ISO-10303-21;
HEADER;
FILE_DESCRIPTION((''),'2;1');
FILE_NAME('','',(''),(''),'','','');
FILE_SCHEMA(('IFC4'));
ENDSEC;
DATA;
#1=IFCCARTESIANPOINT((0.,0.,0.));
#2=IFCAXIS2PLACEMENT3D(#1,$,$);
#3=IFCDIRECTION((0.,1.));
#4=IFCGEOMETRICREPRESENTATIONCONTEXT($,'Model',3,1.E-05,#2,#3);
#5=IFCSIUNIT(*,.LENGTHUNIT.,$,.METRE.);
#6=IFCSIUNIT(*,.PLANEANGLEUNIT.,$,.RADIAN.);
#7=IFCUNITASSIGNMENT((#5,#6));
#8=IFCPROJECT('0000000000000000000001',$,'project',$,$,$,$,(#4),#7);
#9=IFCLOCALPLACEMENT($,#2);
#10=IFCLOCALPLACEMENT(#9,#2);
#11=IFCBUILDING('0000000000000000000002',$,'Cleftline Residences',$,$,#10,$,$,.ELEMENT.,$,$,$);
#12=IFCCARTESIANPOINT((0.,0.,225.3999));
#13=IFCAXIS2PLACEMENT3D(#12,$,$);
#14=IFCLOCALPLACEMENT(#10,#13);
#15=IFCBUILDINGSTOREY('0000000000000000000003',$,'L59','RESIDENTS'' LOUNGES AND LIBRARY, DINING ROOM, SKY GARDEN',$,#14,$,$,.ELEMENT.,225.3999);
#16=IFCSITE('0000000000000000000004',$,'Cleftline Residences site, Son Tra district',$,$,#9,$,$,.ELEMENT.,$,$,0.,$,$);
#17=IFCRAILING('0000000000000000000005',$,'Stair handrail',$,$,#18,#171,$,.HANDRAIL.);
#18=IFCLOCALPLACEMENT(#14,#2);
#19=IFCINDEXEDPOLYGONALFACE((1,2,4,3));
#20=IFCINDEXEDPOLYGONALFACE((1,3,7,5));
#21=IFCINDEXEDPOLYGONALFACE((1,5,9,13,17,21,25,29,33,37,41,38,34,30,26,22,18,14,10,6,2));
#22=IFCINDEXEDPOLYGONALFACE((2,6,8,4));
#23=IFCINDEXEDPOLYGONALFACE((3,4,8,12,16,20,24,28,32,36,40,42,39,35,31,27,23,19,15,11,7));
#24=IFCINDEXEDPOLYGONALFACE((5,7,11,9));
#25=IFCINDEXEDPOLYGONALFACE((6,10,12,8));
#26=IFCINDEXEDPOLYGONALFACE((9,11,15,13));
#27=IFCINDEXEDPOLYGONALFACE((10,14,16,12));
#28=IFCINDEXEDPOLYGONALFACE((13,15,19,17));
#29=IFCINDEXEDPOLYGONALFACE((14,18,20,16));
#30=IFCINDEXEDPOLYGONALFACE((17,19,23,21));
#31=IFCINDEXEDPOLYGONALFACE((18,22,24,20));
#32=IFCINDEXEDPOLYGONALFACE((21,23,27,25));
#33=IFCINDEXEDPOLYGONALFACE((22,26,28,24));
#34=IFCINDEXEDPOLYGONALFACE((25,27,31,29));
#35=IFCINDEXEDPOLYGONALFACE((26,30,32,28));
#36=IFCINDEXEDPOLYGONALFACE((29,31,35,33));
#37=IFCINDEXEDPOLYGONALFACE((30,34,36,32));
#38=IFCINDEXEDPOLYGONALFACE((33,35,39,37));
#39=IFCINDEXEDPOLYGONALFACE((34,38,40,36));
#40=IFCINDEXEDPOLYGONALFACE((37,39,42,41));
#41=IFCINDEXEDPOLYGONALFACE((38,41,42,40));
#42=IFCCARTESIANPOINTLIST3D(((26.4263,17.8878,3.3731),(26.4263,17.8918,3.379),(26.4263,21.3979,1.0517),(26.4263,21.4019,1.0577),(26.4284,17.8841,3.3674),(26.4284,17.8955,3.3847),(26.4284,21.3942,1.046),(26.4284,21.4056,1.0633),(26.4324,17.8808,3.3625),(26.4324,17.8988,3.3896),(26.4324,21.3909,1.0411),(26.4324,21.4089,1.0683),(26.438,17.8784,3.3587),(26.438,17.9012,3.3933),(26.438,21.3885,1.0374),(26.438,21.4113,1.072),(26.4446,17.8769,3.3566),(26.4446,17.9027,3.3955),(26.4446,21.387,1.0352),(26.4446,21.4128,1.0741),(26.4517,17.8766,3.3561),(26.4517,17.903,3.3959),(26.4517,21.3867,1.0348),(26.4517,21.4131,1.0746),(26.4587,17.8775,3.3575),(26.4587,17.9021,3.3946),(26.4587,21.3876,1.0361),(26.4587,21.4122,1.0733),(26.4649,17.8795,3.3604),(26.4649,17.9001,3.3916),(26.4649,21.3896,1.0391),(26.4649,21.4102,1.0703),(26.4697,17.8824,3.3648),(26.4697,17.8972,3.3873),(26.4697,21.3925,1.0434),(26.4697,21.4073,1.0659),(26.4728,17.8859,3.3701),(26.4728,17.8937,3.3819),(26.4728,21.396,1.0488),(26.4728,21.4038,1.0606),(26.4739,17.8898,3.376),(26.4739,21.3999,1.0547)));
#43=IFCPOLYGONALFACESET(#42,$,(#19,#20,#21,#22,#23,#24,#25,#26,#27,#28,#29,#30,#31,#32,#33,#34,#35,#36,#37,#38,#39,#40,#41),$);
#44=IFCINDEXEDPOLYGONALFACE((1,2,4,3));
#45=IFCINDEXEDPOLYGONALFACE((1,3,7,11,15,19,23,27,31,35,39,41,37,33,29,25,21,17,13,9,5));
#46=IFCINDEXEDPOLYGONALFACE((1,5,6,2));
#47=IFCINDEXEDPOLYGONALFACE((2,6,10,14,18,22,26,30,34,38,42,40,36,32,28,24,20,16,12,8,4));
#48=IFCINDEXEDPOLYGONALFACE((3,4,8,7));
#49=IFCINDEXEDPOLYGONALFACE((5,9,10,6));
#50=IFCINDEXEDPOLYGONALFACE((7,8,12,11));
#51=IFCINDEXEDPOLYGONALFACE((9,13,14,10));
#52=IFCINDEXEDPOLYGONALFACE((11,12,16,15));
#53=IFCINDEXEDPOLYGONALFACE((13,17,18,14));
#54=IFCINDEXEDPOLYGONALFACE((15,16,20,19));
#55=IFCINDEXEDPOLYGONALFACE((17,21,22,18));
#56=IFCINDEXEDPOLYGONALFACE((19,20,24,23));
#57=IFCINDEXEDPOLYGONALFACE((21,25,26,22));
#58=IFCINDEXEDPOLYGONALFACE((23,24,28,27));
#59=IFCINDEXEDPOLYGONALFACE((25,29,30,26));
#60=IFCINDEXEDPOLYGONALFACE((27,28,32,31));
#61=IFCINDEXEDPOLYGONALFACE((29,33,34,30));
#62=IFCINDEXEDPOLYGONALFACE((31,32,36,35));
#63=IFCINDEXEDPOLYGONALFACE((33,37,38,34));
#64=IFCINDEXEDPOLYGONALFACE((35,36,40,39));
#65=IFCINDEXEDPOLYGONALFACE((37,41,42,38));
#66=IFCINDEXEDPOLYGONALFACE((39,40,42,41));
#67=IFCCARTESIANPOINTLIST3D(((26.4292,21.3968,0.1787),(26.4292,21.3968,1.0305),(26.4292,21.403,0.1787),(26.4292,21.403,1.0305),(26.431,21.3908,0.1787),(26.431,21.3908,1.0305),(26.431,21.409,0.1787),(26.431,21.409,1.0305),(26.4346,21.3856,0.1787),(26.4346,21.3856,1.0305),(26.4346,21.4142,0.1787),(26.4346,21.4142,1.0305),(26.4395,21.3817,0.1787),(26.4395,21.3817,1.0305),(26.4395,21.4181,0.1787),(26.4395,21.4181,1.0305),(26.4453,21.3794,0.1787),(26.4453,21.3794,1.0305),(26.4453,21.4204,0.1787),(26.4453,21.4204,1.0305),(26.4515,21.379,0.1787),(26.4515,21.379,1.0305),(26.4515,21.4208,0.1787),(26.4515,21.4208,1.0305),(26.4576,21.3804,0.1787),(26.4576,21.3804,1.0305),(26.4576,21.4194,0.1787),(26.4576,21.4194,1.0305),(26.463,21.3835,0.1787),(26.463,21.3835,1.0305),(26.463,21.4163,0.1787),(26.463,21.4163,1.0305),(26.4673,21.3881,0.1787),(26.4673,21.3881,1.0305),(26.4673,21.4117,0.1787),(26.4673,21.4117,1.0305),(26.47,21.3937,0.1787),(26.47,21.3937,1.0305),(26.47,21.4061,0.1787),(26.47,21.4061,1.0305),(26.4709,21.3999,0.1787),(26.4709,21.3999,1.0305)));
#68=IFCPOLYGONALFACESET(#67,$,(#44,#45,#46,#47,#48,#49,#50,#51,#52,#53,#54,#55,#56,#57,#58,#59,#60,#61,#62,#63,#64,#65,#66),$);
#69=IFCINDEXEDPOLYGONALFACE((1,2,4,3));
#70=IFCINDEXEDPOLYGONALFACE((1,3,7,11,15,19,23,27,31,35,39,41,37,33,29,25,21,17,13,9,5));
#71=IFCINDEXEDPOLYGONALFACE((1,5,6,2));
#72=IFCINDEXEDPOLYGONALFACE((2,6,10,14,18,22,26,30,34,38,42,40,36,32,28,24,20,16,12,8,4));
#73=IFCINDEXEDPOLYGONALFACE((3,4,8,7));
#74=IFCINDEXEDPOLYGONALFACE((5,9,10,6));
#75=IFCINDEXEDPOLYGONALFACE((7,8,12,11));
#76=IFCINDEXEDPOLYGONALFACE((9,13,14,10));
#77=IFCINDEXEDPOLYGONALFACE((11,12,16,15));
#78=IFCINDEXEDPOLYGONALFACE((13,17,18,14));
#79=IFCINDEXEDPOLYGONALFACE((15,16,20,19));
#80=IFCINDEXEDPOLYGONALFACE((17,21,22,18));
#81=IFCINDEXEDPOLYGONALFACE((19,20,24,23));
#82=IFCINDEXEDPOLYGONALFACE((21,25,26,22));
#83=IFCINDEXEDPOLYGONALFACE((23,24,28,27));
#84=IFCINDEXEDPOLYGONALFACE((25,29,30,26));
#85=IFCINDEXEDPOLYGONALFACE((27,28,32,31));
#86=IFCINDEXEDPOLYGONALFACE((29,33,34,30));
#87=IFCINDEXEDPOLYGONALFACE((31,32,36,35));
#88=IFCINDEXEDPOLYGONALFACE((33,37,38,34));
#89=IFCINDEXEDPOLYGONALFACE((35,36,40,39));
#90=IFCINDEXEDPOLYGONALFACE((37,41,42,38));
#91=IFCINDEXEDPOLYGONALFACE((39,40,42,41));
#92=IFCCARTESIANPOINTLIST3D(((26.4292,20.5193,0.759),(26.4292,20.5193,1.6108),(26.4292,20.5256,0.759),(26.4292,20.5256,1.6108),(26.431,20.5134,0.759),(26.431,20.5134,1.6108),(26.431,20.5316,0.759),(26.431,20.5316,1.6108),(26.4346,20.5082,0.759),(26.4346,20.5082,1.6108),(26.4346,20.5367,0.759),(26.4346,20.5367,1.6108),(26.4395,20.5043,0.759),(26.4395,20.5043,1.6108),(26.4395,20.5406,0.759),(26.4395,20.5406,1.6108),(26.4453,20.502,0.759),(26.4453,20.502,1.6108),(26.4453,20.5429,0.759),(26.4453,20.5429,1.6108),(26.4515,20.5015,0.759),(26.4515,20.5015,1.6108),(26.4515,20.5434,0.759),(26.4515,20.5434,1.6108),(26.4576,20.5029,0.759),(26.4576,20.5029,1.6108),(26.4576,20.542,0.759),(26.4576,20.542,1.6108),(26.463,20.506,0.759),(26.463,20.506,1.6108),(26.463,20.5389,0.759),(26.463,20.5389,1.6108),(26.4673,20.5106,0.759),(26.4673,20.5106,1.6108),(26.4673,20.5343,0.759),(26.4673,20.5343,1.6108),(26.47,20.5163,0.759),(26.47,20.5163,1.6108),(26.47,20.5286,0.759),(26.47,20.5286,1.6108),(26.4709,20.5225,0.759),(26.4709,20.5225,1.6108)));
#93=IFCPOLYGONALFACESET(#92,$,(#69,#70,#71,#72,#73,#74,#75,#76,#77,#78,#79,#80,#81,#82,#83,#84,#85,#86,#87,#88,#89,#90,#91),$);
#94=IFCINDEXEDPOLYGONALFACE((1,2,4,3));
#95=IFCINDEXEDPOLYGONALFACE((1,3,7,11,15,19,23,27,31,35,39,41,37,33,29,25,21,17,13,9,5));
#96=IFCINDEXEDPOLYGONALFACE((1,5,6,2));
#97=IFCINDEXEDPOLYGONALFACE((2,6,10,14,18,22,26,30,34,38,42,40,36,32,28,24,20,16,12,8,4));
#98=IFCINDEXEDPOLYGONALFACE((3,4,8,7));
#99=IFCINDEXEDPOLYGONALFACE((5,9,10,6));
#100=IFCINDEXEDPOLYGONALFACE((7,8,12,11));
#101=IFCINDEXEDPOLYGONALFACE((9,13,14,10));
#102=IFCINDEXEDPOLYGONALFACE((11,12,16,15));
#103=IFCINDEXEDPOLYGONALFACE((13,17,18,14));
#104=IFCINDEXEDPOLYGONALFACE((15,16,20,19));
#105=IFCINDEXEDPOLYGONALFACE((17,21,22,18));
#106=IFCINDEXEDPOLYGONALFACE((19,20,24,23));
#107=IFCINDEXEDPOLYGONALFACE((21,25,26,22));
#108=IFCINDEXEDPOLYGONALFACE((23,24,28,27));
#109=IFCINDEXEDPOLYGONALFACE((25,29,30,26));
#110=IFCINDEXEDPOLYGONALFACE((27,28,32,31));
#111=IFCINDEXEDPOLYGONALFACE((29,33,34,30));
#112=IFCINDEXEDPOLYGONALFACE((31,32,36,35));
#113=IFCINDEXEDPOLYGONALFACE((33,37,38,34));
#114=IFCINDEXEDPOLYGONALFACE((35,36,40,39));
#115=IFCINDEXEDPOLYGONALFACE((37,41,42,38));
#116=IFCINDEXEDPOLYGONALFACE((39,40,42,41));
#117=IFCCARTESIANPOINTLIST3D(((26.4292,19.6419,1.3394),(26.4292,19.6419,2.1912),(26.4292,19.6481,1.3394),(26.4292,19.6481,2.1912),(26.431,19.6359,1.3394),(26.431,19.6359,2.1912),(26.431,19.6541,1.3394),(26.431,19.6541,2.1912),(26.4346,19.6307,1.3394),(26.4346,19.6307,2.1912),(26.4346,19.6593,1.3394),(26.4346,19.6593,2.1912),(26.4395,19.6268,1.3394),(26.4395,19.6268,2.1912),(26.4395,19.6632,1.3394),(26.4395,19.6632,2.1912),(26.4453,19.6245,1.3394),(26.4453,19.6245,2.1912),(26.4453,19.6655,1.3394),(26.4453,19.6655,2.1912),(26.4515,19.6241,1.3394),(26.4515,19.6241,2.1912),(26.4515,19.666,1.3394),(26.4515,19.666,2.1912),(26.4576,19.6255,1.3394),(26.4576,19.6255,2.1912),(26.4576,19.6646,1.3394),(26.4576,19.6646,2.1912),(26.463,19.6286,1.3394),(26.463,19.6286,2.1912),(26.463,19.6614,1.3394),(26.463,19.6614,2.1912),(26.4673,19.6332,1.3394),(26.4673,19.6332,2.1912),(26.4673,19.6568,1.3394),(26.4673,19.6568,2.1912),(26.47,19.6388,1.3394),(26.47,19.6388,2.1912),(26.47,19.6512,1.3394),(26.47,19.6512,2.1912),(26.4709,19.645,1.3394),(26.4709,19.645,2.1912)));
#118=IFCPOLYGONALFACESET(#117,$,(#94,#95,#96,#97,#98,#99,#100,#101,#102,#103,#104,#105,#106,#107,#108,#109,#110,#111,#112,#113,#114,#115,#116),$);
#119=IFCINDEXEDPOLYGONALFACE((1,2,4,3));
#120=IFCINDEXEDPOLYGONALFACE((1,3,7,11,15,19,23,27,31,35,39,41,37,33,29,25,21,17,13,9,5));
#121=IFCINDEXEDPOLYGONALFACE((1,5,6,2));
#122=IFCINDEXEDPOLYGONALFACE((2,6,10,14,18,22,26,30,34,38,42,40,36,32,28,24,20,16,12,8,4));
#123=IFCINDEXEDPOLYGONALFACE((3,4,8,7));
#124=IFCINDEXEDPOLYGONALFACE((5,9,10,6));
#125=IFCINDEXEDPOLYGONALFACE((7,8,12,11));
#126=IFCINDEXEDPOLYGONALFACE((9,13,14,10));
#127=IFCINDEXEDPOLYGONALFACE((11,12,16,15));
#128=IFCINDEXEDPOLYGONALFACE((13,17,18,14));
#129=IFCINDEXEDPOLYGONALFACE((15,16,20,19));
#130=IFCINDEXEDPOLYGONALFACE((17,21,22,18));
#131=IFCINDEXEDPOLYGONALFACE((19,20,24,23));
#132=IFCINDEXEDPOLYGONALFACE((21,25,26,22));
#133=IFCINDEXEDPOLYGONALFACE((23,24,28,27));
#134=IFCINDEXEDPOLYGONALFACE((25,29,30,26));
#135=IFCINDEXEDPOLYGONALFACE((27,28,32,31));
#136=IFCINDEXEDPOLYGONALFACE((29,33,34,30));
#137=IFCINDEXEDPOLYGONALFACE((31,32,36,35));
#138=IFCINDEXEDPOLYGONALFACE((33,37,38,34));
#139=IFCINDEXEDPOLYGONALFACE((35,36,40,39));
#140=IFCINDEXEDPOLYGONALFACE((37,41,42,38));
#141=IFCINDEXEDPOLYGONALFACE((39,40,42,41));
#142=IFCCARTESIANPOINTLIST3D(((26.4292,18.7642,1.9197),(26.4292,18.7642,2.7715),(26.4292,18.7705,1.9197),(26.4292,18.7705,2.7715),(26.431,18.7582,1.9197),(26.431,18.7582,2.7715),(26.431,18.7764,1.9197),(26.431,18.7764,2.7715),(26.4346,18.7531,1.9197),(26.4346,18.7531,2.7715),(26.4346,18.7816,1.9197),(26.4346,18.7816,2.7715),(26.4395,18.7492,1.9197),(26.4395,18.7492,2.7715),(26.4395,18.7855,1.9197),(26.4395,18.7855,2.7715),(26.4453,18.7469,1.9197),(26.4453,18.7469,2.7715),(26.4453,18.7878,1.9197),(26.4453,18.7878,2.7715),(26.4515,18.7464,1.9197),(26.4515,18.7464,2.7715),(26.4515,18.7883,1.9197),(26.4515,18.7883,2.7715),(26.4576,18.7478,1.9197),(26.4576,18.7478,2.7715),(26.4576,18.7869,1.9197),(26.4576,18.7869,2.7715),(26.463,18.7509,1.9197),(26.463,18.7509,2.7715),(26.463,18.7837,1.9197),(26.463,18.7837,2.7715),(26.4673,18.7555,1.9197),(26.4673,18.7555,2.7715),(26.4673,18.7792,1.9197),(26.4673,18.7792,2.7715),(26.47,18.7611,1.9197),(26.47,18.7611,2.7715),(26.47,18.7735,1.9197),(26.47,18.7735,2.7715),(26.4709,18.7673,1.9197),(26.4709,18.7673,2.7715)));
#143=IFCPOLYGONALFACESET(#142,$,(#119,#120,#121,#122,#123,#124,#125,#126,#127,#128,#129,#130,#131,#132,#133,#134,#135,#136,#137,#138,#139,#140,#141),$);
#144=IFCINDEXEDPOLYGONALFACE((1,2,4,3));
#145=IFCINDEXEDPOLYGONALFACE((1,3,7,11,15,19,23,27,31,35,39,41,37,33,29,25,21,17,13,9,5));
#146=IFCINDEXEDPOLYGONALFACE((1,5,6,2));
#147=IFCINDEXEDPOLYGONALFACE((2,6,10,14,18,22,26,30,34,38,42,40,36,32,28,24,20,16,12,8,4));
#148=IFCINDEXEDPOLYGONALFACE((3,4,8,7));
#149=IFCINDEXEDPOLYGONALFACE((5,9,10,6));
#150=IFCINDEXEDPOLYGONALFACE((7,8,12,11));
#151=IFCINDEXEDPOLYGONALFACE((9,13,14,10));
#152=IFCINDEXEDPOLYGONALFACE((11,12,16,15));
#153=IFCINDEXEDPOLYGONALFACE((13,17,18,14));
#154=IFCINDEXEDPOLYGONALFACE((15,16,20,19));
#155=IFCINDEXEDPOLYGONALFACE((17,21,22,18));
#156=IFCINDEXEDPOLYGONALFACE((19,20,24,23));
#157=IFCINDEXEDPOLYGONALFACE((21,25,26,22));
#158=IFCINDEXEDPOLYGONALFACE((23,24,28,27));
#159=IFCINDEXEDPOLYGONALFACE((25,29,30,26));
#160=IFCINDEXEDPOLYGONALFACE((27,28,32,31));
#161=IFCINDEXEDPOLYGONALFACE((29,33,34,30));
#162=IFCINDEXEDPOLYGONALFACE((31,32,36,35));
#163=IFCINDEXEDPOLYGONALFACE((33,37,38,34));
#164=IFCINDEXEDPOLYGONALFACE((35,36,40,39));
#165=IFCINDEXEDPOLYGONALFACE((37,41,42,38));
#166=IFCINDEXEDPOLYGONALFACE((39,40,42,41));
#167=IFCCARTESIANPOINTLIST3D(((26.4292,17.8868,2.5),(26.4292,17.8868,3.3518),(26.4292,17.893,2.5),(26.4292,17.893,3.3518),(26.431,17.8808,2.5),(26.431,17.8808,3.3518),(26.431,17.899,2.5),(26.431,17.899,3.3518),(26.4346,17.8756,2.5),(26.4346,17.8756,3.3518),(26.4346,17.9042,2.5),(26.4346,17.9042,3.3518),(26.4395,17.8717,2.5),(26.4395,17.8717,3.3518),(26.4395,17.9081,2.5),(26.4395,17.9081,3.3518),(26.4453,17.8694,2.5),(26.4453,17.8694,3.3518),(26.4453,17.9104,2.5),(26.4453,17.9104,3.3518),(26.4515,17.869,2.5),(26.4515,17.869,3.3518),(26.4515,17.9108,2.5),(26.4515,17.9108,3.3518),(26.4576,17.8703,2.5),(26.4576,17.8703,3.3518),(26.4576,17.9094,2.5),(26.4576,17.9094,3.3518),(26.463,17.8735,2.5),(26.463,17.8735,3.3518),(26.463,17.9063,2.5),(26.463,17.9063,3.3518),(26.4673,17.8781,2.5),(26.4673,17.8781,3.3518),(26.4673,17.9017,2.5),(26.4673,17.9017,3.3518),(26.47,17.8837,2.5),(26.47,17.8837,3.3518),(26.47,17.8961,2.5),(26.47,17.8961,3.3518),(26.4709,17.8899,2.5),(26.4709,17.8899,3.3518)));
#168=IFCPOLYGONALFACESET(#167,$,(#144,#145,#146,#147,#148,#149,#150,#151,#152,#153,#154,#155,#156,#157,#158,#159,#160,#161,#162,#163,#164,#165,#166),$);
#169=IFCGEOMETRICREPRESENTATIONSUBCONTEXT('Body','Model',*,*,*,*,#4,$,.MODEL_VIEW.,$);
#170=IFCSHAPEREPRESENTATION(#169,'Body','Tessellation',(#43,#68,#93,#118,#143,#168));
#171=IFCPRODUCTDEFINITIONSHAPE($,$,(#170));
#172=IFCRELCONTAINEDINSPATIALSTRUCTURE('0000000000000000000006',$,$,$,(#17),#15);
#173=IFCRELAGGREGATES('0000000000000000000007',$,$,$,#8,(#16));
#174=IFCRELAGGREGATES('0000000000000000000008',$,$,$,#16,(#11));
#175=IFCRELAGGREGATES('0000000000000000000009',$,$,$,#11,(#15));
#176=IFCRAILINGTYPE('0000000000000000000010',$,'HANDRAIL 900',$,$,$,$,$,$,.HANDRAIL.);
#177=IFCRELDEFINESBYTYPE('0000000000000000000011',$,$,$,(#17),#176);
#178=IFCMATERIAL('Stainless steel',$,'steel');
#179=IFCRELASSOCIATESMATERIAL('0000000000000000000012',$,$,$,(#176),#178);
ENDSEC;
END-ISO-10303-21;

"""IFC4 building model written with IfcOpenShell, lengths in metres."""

from ifc_helpers import new_model, si_unit, direction, frame, origin, origin_2d, place, context, subcontext, project, spatial, circle, extrude, material, type_object, element, save


model = new_model("IFC4")

# Units and contexts
model_context = context("Model", 3, precision=1e-05, world=origin(), true_north=direction((0.0, 1.0)))
body_context = subcontext(model_context, "Body", "Model", "MODEL_VIEW")
ifc_project = project(units=[si_unit("LENGTHUNIT", "METRE"), si_unit("PLANEANGLEUNIT", "RADIAN")], contexts=[model_context])

# Site, building, storey
site_placement = place(None, origin())
site = spatial("IfcSite", under=ifc_project, at=site_placement, Name="Cleftline Residences site, Son Tra district", CompositionType="ELEMENT", RefElevation=0.0)
building_placement = place(site_placement, origin())
building = spatial("IfcBuilding", under=site, at=building_placement, Name="Cleftline Residences", CompositionType="ELEMENT")
storey_placement = place(building_placement, frame((0.0, 0.0, 225.3999)))
storey = spatial("IfcBuildingStorey", under=building, at=storey_placement, Name="L59", Description="RESIDENTS' LOUNGES AND LIBRARY, DINING ROOM, SKY GARDEN", CompositionType="ELEMENT", Elevation=225.3999)

# Railing
ifc_material_1 = material(Name="Stainless steel", Category="steel")
railing_type = type_object("IfcRailingType", Name="HANDRAIL 900", PredefinedType="HANDRAIL", material=ifc_material_1)
railing_1_placement = place(storey_placement, frame((26.45, 21.3999, 0.1787)))
element("IfcRailing", 1, at=railing_1_placement, inside=storey, type_object=railing_type, Name="Stair handrail", PredefinedType="HANDRAIL", context=body_context, shape_type="SweptSolid", body=[
    extrude(circle(Radius=0.0239, at=origin_2d()), frame((0.0, 0.0, 0.876), z_axis=(0.0, -0.834097, 0.551617), x_axis=(1.0, 0.0, 0.0)), (0.0, 0.0, 1.0), 4.2083),
    extrude(circle(Radius=0.021, at=origin_2d()), origin(), (0.0, 0.0, 1.0), 0.8518),
    extrude(circle(Radius=0.021, at=origin_2d()), frame((0.0, -0.8774, 0.5803)), (0.0, 0.0, 1.0), 0.8518),
    extrude(circle(Radius=0.021, at=origin_2d()), frame((0.0, -1.7549, 1.1606)), (0.0, 0.0, 1.0), 0.8518),
    extrude(circle(Radius=0.021, at=origin_2d()), frame((0.0, -2.6326, 1.741)), (0.0, 0.0, 1.0), 0.8518),
    extrude(circle(Radius=0.021, at=origin_2d()), frame((0.0, -3.51, 2.3213)), (0.0, 0.0, 1.0), 0.8518),
])

save(model, "model.ifc")
